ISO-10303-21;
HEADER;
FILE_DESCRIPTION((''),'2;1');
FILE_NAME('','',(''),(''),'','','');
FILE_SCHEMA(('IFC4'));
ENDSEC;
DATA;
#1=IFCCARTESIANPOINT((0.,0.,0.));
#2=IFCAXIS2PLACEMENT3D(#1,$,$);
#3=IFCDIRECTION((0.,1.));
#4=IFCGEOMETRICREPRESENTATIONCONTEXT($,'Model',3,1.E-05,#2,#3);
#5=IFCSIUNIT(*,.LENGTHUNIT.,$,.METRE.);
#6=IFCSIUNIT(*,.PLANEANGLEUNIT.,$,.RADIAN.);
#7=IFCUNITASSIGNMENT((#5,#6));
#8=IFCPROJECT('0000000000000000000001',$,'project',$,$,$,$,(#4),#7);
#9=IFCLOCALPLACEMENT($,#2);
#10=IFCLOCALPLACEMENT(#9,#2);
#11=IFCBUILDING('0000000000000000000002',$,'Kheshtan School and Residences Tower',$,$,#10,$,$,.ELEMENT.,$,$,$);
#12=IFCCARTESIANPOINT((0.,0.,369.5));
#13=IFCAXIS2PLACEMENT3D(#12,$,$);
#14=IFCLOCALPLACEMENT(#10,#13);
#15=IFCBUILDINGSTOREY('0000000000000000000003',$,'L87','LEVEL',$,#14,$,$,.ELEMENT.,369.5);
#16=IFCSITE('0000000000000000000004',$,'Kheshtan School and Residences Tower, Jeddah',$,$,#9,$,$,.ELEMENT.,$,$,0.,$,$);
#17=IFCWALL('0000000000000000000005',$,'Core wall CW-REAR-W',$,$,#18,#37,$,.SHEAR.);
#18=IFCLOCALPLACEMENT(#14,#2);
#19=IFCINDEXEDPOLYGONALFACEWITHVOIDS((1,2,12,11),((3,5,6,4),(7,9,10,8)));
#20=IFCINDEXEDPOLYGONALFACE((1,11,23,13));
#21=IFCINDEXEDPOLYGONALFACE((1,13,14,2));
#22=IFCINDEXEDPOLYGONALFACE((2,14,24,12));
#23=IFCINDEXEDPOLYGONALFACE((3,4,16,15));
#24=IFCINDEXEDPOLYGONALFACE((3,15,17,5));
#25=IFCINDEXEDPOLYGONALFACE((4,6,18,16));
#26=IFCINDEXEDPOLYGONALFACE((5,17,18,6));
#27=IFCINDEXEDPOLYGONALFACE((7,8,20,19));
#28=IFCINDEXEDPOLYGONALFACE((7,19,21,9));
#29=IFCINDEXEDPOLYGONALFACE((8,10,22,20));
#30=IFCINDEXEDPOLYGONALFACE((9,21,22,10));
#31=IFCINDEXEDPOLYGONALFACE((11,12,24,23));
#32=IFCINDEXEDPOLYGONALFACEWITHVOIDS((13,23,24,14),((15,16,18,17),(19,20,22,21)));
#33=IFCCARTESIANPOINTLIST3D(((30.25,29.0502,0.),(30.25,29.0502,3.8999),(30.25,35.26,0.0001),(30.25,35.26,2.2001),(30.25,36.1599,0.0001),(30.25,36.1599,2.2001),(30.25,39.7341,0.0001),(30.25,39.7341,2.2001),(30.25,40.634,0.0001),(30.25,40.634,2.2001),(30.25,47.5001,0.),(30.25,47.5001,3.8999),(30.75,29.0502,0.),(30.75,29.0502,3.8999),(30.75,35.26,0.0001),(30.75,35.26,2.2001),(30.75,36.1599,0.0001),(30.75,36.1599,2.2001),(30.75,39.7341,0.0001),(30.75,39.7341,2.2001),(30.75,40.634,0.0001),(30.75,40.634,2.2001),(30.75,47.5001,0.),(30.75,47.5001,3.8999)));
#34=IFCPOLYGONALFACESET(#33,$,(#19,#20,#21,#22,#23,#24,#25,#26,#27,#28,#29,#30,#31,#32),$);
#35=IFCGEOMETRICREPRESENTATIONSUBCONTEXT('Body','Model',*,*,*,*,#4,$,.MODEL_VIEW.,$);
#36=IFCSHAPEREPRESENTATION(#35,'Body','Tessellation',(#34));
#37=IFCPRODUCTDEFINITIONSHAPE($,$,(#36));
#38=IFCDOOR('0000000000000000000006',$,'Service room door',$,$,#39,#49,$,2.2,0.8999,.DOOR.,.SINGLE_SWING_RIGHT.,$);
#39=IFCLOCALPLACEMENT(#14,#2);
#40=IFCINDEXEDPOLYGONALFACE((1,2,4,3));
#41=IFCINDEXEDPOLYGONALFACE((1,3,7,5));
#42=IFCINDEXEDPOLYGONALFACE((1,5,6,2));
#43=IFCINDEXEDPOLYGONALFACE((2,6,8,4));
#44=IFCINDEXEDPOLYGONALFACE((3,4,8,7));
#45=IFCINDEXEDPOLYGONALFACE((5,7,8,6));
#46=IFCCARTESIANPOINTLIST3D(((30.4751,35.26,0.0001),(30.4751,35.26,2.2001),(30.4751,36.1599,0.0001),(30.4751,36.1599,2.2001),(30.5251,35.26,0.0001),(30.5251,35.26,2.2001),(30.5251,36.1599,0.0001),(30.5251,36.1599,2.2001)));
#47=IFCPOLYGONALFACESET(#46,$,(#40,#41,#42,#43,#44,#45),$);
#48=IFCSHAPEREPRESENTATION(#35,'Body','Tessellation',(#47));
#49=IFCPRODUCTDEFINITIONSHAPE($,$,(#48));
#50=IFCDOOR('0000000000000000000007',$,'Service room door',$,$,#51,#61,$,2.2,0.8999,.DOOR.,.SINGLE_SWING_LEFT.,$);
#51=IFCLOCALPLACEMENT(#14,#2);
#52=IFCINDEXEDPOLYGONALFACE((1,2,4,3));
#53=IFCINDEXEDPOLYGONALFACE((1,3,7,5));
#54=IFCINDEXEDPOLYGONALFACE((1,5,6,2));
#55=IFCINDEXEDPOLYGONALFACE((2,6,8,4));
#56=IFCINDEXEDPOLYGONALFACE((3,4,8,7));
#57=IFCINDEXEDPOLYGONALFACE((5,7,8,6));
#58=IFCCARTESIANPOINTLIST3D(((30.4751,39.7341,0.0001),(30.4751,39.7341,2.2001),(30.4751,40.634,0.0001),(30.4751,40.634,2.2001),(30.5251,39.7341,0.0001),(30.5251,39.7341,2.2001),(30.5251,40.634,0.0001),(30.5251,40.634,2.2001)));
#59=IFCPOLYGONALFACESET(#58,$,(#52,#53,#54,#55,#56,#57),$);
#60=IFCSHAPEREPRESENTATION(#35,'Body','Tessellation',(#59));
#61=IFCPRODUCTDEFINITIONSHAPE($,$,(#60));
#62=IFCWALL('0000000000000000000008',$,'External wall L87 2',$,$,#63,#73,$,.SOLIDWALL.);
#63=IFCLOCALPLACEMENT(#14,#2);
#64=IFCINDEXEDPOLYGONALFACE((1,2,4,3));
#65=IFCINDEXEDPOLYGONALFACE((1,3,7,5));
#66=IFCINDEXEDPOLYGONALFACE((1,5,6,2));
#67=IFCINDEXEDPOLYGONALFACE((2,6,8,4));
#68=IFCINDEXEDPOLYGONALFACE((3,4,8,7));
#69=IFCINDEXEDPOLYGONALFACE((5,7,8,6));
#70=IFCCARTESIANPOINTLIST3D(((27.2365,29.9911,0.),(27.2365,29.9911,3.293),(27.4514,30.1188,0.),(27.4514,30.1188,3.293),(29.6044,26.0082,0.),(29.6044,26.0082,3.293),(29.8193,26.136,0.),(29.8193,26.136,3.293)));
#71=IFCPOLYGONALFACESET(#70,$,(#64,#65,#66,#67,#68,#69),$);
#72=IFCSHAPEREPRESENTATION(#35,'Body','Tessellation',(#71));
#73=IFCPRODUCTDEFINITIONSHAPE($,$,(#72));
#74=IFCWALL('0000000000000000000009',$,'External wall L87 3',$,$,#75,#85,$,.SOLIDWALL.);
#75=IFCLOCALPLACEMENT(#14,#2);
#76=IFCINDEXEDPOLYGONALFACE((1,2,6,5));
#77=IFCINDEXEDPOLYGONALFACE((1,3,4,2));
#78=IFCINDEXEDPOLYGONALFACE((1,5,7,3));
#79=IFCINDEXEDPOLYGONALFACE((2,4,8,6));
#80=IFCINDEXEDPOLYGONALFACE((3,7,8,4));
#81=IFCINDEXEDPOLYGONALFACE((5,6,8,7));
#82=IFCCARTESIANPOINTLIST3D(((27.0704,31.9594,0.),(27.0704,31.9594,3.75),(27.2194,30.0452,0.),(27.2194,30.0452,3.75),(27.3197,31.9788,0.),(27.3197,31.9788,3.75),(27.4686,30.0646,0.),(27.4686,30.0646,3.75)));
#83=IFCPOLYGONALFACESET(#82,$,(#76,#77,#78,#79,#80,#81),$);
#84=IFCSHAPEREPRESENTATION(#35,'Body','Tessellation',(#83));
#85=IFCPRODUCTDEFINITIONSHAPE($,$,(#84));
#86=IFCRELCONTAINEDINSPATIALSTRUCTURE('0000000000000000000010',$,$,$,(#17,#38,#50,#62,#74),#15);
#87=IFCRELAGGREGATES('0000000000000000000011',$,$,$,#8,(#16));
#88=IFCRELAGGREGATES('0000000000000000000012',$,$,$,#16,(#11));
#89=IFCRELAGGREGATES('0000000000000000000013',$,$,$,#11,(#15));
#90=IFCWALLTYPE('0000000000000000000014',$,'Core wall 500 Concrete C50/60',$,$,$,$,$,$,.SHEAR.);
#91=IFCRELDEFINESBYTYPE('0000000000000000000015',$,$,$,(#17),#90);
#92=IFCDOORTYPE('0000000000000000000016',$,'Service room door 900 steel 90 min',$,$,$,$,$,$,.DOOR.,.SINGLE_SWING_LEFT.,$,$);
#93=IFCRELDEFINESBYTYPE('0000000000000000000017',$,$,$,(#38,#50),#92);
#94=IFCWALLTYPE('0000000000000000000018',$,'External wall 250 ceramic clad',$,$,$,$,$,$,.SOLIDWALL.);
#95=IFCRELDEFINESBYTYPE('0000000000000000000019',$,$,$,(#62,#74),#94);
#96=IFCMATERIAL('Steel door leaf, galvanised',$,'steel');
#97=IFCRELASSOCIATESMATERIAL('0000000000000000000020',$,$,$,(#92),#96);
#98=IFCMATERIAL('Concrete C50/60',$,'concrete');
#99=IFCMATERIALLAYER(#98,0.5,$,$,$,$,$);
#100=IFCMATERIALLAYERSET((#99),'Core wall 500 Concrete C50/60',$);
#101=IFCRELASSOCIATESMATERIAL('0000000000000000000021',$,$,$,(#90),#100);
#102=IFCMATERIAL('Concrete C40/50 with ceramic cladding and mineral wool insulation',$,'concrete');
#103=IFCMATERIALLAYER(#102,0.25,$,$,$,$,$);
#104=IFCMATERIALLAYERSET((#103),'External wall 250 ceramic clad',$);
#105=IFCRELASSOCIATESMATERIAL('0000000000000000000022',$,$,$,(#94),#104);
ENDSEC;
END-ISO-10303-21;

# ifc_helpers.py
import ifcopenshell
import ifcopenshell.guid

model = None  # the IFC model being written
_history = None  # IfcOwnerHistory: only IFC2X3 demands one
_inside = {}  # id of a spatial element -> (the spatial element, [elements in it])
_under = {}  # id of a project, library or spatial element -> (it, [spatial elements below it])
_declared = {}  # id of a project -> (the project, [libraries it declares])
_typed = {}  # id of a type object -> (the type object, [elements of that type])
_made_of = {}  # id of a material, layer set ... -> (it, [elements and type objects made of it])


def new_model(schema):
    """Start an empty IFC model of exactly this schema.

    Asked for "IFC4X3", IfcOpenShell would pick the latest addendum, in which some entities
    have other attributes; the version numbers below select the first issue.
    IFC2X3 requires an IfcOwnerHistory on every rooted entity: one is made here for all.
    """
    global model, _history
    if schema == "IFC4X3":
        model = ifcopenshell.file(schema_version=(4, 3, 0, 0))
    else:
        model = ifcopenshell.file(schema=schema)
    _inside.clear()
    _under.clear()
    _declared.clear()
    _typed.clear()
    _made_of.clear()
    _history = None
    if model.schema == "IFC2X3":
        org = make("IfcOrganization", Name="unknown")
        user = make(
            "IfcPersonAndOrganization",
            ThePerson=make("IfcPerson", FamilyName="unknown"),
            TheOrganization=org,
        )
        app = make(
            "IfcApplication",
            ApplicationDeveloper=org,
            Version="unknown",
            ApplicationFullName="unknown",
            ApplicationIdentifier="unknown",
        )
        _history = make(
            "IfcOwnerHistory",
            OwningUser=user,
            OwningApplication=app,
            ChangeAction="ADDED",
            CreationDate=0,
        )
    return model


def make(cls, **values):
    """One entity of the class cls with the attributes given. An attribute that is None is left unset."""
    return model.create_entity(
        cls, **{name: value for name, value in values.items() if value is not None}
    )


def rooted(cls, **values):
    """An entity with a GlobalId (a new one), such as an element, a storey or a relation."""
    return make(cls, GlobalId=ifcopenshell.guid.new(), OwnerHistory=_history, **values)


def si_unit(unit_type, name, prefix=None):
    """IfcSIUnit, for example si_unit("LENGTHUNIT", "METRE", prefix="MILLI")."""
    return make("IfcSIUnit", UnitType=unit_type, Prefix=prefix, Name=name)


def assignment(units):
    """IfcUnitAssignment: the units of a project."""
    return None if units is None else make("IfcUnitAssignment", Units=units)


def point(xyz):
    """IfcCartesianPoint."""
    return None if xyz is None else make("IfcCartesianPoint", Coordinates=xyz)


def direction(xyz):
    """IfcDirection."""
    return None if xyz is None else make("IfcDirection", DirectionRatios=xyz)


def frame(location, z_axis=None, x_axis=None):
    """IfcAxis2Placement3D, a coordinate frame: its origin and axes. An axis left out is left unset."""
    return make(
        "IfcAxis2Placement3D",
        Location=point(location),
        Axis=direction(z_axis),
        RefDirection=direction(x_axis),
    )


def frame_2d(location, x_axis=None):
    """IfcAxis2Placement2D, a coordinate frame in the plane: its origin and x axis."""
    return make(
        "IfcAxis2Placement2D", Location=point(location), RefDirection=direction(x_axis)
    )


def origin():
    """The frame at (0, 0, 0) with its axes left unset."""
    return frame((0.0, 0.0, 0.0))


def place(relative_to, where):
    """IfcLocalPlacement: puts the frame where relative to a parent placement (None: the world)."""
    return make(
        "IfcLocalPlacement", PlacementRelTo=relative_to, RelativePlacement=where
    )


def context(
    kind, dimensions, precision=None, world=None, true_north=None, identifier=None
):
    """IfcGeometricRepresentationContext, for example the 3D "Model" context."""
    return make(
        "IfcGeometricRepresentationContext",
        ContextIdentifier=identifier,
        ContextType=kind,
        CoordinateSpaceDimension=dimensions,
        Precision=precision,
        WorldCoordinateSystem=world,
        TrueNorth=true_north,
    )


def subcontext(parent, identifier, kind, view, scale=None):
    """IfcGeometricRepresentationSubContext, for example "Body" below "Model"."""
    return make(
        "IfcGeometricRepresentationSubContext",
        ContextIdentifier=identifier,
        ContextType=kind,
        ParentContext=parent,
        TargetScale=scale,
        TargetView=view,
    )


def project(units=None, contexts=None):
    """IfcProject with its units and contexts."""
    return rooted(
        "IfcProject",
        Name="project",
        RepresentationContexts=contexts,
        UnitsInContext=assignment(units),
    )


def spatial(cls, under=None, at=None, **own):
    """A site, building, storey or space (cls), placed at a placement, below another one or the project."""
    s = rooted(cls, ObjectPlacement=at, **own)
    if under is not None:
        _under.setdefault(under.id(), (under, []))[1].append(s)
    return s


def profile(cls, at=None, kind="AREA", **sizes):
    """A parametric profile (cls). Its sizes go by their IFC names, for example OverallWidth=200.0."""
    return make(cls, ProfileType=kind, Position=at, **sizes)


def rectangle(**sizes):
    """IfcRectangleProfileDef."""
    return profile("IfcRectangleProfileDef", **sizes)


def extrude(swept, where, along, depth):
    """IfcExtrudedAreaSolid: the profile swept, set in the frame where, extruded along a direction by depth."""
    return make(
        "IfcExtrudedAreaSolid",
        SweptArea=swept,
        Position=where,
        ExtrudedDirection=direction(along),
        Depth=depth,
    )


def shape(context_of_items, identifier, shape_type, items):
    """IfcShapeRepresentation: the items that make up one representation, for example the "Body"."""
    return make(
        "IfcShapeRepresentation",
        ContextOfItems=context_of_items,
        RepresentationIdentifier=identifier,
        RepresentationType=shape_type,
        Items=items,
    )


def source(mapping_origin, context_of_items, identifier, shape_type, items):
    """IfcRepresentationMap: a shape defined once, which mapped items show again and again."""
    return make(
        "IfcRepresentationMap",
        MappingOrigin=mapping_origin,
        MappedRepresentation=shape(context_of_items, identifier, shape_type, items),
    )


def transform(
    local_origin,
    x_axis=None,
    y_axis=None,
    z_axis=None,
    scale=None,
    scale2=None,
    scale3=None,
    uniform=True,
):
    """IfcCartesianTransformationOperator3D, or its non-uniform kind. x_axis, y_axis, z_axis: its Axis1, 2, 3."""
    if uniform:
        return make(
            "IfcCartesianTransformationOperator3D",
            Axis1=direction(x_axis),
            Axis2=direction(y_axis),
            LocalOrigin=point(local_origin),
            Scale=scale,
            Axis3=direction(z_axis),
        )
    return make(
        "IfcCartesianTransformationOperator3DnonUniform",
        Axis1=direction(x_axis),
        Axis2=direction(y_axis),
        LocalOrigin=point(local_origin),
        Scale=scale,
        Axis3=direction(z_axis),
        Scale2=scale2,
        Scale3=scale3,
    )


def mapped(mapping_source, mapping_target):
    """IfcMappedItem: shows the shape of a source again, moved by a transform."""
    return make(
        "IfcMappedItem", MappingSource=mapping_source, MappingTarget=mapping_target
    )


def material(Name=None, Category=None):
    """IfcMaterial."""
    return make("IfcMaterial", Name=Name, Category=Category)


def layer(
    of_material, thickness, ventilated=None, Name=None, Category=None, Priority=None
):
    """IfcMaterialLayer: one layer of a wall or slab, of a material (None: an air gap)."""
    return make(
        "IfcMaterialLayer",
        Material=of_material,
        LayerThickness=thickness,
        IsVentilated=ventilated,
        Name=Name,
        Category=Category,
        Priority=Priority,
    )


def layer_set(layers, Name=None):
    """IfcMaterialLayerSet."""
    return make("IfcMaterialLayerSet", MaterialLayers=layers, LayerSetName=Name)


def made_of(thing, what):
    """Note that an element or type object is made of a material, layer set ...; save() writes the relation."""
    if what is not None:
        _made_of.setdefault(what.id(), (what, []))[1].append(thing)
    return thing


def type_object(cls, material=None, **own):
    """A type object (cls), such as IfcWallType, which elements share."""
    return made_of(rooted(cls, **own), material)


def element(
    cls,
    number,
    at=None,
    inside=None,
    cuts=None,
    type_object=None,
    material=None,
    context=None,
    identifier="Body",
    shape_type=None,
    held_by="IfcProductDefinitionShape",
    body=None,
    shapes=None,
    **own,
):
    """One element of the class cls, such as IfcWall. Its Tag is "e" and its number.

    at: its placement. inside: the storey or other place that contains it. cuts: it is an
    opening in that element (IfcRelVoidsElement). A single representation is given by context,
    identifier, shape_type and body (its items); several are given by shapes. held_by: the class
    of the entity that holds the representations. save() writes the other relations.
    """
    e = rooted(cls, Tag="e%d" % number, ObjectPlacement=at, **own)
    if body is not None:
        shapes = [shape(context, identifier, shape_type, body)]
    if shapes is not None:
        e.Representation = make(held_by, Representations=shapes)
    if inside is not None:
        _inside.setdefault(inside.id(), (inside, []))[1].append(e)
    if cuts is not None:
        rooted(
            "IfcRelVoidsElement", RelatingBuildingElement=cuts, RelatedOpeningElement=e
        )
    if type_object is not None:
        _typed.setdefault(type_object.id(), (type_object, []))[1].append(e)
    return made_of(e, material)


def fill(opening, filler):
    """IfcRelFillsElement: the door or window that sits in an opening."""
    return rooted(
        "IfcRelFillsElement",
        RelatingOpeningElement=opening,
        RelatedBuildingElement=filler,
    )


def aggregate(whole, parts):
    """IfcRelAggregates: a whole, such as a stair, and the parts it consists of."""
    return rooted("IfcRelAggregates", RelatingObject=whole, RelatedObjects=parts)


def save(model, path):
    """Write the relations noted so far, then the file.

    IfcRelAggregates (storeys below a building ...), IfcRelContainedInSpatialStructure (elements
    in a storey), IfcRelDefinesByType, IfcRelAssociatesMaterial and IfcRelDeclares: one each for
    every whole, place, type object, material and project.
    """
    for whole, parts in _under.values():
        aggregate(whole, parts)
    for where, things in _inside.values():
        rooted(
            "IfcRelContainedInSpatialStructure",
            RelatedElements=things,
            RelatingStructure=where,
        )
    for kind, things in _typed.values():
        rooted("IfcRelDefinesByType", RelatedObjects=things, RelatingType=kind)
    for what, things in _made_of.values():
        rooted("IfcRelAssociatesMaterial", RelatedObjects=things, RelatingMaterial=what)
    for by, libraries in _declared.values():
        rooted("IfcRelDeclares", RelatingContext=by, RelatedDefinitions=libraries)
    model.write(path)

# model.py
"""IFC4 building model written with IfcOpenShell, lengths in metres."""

from ifc_helpers import new_model, si_unit, direction, frame, frame_2d, origin, place, context, subcontext, project, spatial, rectangle, extrude, source, transform, mapped, material, layer, layer_set, type_object, element, fill, save


model = new_model("IFC4")

# Units and contexts
model_context = context("Model", 3, precision=1e-05, world=origin(), true_north=direction((0.0, 1.0)))
body_context = subcontext(model_context, "Body", "Model", "MODEL_VIEW")
ifc_project = project(units=[si_unit("LENGTHUNIT", "METRE"), si_unit("PLANEANGLEUNIT", "RADIAN")], contexts=[model_context])

# Site, building, storey
site_placement = place(None, origin())
site = spatial("IfcSite", under=ifc_project, at=site_placement, Name="Kheshtan School and Residences Tower, Jeddah", CompositionType="ELEMENT", RefElevation=0.0)
building_placement = place(site_placement, origin())
building = spatial("IfcBuilding", under=site, at=building_placement, Name="Kheshtan School and Residences Tower", CompositionType="ELEMENT")
storey_placement = place(building_placement, frame((0.0, 0.0, 369.5)))
storey = spatial("IfcBuildingStorey", under=building, at=storey_placement, Name="L87", Description="LEVEL", CompositionType="ELEMENT", Elevation=369.5)

# Shared definitions
ifc_material_1 = material(Name="Concrete C50/60", Category="concrete")
ifc_material_2 = material(Name="Steel door leaf, galvanised", Category="steel")
door_type_1 = type_object("IfcDoorType", Name="Service room door 900 steel 90 min", OperationType="SINGLE_SWING_LEFT", PredefinedType="DOOR", material=ifc_material_2)
shared_shape_1 = source(origin(), body_context, "Body", "SweptSolid", [
    extrude(rectangle(XDim=0.8999, YDim=2.2, at=frame_2d((0.45, 1.1001))), frame((0.0, 0.0249, 0.0), z_axis=(0.0, -1.0, 0.0), x_axis=(1.0, 0.0, 0.0)), (0.0, 0.0, 1.0), 0.05),
])

# Shared definitions
ifc_layer_1 = layer(ifc_material_1, 0.5)
ifc_layer_set_1 = layer_set([ifc_layer_1], Name="Core wall 500 Concrete C50/60")
wall_type_1 = type_object("IfcWallType", Name="Core wall 500 Concrete C50/60", PredefinedType="SHEAR", material=ifc_layer_set_1)

# Wall, openings, doors
wall_1_placement = place(storey_placement, frame((30.5, 29.05, 0.0), z_axis=(0.0, 0.0, 1.0), x_axis=(0.0, 1.0, 0.0)))
wall_1 = element("IfcWall", 1, at=wall_1_placement, inside=storey, type_object=wall_type_1, Name="Core wall CW-REAR-W", PredefinedType="SHEAR", context=body_context, shape_type="SweptSolid", body=[
    extrude(rectangle(XDim=18.45, YDim=0.5, at=frame_2d((9.2251, 0.0))), origin(), (0.0, 0.0, 1.0), 3.8999),
])
opening_1_placement = place(wall_1_placement, frame((6.21, 0.0, 0.0)))
opening_1 = element("IfcOpeningElement", 2, at=opening_1_placement, cuts=wall_1, PredefinedType="OPENING", context=body_context, shape_type="SweptSolid", body=[
    extrude(rectangle(XDim=0.8999, YDim=2.2, at=frame_2d((0.45, 1.1001))), frame((0.0, 0.26, 0.0), z_axis=(0.0, -1.0, 0.0), x_axis=(1.0, 0.0, 0.0)), (0.0, 0.0, 1.0), 0.52),
])
opening_2_placement = place(wall_1_placement, frame((10.6841, 0.0, 0.0)))
opening_2 = element("IfcOpeningElement", 3, at=opening_2_placement, cuts=wall_1, PredefinedType="OPENING", context=body_context, shape_type="SweptSolid", body=[
    extrude(rectangle(XDim=0.8999, YDim=2.2, at=frame_2d((0.45, 1.1001))), frame((0.0, 0.26, 0.0), z_axis=(0.0, -1.0, 0.0), x_axis=(1.0, 0.0, 0.0)), (0.0, 0.0, 1.0), 0.52),
])
door_1_placement = place(opening_1_placement, origin())
door_1 = element("IfcDoor", 4, at=door_1_placement, inside=storey, type_object=door_type_1, Name="Service room door", OperationType="SINGLE_SWING_RIGHT", OverallHeight=2.2, OverallWidth=0.8999, PredefinedType="DOOR", context=body_context, shape_type="MappedRepresentation", body=[
    mapped(shared_shape_1, transform((0.0, 0.0, 0.0), x_axis=(1.0, 0.0, 0.0), y_axis=(0.0, 1.0, 0.0), z_axis=(0.0, 0.0, 1.0), scale=1.0)),
])
fill(opening_1, door_1)
door_2_placement = place(opening_2_placement, origin())
door_2 = element("IfcDoor", 5, at=door_2_placement, inside=storey, type_object=door_type_1, Name="Service room door", OperationType="SINGLE_SWING_LEFT", OverallHeight=2.2, OverallWidth=0.8999, PredefinedType="DOOR", context=body_context, shape_type="MappedRepresentation", body=[
    mapped(shared_shape_1, transform((0.0, 0.0, 0.0), x_axis=(1.0, 0.0, 0.0), y_axis=(0.0, 1.0, 0.0), z_axis=(0.0, 0.0, 1.0), scale=1.0)),
])
fill(opening_2, door_2)

# Walls
ifc_material_3 = material(Name="Concrete C40/50 with ceramic cladding and mineral wool insulation", Category="concrete")
ifc_layer_2 = layer(ifc_material_3, 0.25)
ifc_layer_set_2 = layer_set([ifc_layer_2], Name="External wall 250 ceramic clad")
wall_type_2 = type_object("IfcWallType", Name="External wall 250 ceramic clad", PredefinedType="SOLIDWALL", material=ifc_layer_set_2)
wall_2_placement = place(storey_placement, frame((29.7119, 26.072, 0.0), z_axis=(0.0, 0.0, 1.0), x_axis=(-0.511028, 0.859564, 0.0)))
element("IfcWall", 6, at=wall_2_placement, inside=storey, type_object=wall_type_2, Name="External wall L87 2", PredefinedType="SOLIDWALL", context=body_context, shape_type="SweptSolid", body=[
    extrude(rectangle(XDim=4.6335, YDim=0.25, at=frame_2d((2.3169, 0.0))), origin(), (0.0, 0.0, 1.0), 3.293),
])
wall_3_placement = place(storey_placement, frame((27.344, 30.0549, 0.0), z_axis=(0.0, 0.0, 1.0), x_axis=(-0.077572, 0.996987, 0.0)))
element("IfcWall", 7, at=wall_3_placement, inside=storey, type_object=wall_type_2, Name="External wall L87 3", PredefinedType="SOLIDWALL", context=body_context, shape_type="SweptSolid", body=[
    extrude(rectangle(XDim=1.9199, YDim=0.25, at=frame_2d((0.96, 0.0))), origin(), (0.0, 0.0, 1.0), 3.75),
])

save(model, "model.ifc")
